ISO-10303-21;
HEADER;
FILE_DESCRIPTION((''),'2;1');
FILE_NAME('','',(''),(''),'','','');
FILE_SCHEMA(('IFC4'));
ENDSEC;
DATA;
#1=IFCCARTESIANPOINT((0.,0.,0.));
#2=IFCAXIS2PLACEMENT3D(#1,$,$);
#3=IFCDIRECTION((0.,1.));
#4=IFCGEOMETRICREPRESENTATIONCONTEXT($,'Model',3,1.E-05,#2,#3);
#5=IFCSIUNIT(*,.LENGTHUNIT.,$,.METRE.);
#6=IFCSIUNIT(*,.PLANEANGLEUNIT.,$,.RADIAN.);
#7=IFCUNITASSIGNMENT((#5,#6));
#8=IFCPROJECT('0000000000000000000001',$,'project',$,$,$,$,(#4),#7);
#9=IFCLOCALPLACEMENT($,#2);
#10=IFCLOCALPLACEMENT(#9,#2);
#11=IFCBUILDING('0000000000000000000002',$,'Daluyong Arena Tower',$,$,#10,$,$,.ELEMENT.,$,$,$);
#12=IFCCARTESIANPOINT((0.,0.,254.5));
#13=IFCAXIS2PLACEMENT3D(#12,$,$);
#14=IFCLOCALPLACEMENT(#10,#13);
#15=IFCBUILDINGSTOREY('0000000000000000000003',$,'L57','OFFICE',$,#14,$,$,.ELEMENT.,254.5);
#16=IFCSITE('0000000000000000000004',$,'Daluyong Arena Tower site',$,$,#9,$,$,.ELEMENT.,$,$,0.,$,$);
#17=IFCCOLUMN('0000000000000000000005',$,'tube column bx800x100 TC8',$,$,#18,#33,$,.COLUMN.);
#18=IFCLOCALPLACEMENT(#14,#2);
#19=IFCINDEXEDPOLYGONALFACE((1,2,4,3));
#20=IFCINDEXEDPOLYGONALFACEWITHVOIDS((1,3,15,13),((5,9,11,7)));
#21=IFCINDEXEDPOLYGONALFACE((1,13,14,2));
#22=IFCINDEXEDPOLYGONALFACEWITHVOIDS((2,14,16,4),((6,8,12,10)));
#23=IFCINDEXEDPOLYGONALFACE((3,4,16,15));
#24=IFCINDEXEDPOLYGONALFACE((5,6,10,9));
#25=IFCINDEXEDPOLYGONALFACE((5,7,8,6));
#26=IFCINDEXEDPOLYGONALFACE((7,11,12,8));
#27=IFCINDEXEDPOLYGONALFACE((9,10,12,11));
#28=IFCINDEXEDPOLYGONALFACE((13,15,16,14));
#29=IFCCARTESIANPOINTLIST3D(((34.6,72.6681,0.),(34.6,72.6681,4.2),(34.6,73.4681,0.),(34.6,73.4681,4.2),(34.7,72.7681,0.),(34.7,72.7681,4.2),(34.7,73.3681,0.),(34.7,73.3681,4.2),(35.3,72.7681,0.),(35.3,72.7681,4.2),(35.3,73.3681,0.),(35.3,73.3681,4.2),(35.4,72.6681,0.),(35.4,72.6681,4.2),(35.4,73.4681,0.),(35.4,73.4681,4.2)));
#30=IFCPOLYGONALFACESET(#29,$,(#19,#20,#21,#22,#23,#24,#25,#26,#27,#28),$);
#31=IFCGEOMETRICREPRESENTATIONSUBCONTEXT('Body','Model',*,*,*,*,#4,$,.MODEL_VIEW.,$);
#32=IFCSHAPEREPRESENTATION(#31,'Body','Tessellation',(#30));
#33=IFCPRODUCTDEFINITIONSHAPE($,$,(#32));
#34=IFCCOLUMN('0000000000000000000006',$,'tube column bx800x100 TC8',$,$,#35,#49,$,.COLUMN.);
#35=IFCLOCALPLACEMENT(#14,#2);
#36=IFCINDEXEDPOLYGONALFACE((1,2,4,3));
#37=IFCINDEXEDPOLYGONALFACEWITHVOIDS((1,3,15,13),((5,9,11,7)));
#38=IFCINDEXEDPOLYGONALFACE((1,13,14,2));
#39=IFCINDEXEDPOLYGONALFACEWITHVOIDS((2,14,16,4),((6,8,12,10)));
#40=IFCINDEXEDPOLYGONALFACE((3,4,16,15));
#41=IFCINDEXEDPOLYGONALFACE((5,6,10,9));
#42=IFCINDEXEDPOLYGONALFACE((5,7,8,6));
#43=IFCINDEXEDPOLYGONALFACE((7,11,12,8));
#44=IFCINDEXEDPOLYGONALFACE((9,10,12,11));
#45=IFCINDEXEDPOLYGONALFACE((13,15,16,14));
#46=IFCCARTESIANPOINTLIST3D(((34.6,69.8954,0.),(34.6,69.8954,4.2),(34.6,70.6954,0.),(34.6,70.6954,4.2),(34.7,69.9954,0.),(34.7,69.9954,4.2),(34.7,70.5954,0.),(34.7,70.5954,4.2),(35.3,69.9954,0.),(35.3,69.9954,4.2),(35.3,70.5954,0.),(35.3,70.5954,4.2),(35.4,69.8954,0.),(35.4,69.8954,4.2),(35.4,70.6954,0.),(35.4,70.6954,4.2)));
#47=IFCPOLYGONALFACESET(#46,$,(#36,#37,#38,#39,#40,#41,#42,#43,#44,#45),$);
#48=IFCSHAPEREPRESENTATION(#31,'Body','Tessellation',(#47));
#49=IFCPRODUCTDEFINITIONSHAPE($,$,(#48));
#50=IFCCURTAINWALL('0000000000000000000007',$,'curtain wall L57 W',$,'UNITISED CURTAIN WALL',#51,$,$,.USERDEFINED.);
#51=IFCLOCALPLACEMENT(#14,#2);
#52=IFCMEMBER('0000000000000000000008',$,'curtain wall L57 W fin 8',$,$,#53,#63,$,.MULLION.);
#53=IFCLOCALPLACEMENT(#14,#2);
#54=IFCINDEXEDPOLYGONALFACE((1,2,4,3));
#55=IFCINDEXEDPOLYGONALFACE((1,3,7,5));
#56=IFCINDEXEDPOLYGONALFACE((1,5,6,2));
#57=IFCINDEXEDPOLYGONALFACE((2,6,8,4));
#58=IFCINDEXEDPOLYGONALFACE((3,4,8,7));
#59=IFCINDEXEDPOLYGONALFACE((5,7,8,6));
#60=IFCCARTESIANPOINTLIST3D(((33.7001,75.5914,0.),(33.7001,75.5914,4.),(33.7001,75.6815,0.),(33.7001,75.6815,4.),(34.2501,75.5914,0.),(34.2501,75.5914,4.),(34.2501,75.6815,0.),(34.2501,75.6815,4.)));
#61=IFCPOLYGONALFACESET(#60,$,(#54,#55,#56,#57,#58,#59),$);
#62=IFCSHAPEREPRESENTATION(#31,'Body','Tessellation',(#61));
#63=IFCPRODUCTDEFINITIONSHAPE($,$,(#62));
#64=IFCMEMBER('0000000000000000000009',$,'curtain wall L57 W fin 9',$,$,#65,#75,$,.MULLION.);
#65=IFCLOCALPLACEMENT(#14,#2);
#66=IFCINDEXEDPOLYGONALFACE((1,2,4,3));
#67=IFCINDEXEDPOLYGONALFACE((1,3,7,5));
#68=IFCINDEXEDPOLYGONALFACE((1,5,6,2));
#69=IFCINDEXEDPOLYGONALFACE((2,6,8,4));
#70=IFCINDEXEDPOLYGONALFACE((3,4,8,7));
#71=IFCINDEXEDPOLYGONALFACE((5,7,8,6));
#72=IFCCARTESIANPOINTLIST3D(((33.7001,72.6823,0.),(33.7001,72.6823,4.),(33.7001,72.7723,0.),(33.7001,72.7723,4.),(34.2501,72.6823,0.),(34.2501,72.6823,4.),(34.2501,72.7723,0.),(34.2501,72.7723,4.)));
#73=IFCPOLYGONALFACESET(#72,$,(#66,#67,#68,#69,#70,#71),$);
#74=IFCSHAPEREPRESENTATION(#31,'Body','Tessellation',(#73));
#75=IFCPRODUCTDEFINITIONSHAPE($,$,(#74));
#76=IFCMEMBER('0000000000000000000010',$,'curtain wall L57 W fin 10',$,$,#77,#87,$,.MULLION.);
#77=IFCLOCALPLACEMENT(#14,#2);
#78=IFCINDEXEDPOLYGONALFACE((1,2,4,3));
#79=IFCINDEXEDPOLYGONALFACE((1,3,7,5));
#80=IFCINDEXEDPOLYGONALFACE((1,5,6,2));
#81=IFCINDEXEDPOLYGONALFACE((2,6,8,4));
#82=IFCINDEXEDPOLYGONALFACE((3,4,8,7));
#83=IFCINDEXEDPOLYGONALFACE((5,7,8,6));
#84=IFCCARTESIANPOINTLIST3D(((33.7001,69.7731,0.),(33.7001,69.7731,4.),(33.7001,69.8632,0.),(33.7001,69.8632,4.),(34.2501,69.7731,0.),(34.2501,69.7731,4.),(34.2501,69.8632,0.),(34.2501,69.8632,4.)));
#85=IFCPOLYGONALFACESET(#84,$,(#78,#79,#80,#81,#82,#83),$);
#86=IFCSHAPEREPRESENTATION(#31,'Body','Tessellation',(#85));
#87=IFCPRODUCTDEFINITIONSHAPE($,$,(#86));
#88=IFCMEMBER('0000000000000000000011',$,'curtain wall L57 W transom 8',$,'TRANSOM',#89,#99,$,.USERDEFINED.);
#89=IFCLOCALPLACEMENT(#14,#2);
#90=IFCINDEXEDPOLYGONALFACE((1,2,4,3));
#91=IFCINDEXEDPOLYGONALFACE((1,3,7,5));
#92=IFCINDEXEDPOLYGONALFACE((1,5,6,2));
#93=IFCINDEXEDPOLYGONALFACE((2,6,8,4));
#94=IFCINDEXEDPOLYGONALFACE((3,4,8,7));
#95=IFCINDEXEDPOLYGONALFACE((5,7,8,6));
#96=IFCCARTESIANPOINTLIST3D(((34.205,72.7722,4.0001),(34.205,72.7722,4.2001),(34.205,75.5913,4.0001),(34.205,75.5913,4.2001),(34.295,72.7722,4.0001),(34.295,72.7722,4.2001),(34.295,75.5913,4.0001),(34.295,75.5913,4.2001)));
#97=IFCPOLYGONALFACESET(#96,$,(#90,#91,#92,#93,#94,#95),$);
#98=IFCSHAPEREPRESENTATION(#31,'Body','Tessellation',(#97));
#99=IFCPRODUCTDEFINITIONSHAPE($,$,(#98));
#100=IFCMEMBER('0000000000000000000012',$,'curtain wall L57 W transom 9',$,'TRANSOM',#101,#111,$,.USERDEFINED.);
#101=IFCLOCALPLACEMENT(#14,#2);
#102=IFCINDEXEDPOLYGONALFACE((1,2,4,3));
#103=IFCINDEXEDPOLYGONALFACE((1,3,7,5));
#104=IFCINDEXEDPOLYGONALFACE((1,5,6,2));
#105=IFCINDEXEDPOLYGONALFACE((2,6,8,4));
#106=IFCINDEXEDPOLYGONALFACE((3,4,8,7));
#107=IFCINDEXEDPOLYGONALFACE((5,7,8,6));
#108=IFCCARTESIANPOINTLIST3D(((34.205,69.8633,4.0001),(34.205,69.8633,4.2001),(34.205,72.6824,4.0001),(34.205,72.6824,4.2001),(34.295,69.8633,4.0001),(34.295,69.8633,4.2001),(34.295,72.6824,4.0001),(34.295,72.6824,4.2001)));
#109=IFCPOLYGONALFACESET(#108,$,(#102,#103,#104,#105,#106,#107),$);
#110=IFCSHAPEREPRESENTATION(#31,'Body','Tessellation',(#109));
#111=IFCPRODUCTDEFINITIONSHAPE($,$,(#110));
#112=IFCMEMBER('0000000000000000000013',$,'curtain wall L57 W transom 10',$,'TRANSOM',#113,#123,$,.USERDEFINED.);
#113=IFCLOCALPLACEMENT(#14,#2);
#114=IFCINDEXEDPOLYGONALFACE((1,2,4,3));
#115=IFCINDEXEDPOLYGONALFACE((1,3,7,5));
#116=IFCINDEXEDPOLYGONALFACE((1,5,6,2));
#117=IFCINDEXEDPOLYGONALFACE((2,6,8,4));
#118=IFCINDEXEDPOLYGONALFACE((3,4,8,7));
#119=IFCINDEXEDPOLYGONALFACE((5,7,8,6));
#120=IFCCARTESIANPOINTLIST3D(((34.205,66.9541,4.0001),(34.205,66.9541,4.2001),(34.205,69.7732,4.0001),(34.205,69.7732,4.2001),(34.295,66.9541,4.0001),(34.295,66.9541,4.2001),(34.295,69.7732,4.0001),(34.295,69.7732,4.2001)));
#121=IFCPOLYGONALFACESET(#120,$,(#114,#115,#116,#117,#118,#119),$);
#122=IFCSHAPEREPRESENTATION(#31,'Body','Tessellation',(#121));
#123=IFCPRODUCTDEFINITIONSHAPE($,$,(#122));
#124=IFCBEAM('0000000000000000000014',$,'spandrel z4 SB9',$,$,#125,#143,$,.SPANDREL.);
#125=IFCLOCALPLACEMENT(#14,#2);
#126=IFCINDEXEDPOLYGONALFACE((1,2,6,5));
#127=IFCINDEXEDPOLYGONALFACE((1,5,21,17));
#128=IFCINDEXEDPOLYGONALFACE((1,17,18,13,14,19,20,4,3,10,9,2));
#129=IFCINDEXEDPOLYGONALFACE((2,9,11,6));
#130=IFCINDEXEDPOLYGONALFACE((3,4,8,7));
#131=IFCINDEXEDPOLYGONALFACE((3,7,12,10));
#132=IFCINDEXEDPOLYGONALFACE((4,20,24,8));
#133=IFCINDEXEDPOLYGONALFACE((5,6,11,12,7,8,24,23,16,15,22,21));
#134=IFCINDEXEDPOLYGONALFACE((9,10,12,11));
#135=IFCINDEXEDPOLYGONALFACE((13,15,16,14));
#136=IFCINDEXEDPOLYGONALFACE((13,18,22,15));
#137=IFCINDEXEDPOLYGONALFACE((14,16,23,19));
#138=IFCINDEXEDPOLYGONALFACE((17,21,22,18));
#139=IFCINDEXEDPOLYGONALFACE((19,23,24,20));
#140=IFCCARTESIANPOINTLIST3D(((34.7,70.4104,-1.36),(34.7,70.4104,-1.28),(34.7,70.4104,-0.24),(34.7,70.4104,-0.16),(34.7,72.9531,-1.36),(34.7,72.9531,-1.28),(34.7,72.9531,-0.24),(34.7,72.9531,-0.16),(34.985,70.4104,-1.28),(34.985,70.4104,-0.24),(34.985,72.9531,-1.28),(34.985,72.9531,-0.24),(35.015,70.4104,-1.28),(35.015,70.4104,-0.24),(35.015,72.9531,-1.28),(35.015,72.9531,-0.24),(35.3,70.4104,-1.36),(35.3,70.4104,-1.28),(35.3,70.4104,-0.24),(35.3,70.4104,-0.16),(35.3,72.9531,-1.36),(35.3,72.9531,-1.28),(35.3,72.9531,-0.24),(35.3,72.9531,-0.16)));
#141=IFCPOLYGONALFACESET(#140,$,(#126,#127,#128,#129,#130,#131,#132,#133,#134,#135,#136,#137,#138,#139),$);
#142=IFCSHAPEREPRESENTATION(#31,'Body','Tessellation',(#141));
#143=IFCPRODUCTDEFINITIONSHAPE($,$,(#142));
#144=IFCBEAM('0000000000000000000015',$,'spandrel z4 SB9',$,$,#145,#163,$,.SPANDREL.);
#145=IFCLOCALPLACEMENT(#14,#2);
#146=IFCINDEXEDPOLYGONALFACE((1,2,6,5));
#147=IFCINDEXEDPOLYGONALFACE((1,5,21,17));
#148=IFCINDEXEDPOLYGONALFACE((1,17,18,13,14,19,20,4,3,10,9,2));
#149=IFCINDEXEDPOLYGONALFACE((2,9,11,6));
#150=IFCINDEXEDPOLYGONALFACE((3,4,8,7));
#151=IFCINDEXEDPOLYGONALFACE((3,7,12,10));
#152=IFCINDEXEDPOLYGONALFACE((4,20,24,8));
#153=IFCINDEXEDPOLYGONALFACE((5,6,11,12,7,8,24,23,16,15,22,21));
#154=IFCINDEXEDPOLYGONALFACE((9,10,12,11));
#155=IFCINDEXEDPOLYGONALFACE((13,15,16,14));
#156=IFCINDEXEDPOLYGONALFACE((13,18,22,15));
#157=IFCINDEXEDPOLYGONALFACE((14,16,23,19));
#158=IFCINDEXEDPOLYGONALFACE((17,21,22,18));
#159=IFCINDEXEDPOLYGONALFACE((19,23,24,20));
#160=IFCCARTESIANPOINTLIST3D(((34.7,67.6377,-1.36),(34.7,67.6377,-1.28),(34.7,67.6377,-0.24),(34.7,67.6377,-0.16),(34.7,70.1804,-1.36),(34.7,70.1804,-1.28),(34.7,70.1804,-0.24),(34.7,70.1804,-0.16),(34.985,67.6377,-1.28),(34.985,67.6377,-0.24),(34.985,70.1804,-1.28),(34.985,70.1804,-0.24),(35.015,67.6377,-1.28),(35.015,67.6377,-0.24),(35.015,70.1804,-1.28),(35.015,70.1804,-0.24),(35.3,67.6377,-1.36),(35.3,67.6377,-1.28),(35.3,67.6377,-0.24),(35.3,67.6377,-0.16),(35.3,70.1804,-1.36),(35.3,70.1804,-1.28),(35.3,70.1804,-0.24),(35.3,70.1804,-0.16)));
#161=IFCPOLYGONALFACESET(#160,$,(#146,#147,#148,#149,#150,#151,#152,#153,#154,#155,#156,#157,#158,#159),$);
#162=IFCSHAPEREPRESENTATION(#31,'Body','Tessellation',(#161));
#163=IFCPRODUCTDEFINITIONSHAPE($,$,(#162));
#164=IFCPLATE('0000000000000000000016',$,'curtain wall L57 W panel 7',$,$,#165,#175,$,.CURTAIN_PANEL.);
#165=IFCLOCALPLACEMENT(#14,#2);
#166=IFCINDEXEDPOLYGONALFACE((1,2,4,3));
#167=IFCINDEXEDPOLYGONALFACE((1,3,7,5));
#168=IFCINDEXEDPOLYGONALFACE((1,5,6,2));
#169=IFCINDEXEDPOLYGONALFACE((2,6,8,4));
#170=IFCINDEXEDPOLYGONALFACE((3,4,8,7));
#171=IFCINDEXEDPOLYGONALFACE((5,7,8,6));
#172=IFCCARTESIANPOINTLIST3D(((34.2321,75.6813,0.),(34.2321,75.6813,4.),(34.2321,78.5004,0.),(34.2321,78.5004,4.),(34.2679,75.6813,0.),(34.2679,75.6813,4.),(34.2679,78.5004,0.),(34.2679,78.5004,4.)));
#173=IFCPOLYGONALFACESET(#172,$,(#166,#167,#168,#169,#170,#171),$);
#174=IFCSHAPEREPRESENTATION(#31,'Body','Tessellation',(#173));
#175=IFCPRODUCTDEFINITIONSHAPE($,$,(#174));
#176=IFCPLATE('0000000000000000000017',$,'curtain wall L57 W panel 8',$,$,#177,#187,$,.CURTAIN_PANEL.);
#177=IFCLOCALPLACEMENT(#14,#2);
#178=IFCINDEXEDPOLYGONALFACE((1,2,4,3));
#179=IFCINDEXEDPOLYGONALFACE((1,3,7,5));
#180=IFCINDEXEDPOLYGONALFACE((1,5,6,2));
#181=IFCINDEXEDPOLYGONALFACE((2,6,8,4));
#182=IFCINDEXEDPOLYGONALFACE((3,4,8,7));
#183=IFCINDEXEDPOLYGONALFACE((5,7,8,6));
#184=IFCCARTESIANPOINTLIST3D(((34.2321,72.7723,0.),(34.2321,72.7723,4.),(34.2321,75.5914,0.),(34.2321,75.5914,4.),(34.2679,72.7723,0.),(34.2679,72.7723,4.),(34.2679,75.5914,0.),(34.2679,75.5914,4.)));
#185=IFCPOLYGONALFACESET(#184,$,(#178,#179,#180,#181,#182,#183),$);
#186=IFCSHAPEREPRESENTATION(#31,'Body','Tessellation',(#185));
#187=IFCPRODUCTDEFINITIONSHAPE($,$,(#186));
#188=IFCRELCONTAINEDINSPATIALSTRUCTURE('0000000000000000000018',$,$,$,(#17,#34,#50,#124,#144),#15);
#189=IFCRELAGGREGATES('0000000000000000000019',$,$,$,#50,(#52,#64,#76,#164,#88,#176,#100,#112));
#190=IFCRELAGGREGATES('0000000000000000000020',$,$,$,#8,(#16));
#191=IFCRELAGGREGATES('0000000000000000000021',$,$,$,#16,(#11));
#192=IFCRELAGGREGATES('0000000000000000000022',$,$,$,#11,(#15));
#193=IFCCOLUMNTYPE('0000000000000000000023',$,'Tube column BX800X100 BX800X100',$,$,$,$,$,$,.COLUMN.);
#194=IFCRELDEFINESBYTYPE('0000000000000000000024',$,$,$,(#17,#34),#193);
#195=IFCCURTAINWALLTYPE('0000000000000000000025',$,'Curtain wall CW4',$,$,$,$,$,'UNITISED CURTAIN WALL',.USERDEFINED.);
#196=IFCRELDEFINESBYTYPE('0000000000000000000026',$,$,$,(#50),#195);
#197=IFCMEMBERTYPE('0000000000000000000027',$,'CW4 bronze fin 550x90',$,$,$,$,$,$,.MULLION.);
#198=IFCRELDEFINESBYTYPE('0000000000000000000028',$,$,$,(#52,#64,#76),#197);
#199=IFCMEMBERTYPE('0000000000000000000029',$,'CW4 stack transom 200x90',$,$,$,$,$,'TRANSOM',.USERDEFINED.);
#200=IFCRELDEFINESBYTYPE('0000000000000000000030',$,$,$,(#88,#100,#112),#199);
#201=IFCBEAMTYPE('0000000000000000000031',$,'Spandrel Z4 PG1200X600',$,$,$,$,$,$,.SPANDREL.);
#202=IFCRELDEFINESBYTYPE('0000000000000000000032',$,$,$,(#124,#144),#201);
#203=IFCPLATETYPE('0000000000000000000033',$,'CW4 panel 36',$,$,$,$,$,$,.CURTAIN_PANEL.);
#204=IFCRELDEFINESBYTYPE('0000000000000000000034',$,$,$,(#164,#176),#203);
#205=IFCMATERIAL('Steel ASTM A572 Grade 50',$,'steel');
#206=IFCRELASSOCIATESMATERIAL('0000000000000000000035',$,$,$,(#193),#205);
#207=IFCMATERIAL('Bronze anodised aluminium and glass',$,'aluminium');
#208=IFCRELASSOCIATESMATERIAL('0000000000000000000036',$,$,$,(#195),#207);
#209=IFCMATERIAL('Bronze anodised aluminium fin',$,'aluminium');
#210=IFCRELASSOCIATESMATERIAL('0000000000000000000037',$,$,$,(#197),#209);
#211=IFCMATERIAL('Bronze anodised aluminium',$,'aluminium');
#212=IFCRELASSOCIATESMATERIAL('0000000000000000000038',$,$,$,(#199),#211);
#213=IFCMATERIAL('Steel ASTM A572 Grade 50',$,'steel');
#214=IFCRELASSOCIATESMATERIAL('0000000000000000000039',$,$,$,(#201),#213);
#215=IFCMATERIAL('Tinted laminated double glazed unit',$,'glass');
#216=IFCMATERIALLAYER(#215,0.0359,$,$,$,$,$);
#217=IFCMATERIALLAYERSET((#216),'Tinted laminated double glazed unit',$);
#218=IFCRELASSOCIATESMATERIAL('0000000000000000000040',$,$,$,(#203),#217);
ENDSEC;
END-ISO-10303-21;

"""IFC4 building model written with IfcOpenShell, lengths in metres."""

from ifc_helpers import new_model, si_unit, direction, frame, origin, origin_2d, place, context, subcontext, project, spatial, rectangle, hollow_rectangle, i_section, extrude, material, layer, layer_set, material_profile, profile_set, type_object, element, aggregate, save


model = new_model("IFC4")

# Units and contexts
model_context = context("Model", 3, precision=1e-05, world=origin(), true_north=direction((0.0, 1.0)))
body_context = subcontext(model_context, "Body", "Model", "MODEL_VIEW")
ifc_project = project(units=[si_unit("LENGTHUNIT", "METRE"), si_unit("PLANEANGLEUNIT", "RADIAN")], contexts=[model_context])

# Site, building, storey
site_placement = place(None, origin())
site = spatial("IfcSite", under=ifc_project, at=site_placement, Name="Daluyong Arena Tower site", CompositionType="ELEMENT", RefElevation=0.0)
building_placement = place(site_placement, origin())
building = spatial("IfcBuilding", under=site, at=building_placement, Name="Daluyong Arena Tower", CompositionType="ELEMENT")
storey_placement = place(building_placement, frame((0.0, 0.0, 254.5)))
storey = spatial("IfcBuildingStorey", under=building, at=storey_placement, Name="L57", Description="OFFICE", CompositionType="ELEMENT", Elevation=254.5)

# Columns
ifc_material_1 = material(Name="Steel ASTM A572 Grade 50", Category="steel")
ifc_material_profile_1 = material_profile(ifc_material_1, hollow_rectangle(XDim=0.8, YDim=0.8, WallThickness=0.1, at=origin_2d()))
ifc_profile_set_1 = profile_set([ifc_material_profile_1], Name="Steel ASTM A572 Grade 50")
column_type = type_object("IfcColumnType", Name="Tube column BX800X100 BX800X100", PredefinedType="COLUMN", material=ifc_profile_set_1)
for number, where, z_axis, x_axis, name in (
    (1, (35.0, 73.0681, 0.0), (0.0, 0.0, 1.0), (0.0, 1.0, 0.0), "tube column bx800x100 TC8"),
    (2, (35.0, 70.2954, 0.0), (0.0, 0.0, 1.0), (0.0, 1.0, 0.0), "tube column bx800x100 TC8"),
):
    element("IfcColumn", number, at=place(storey_placement, frame(where, z_axis=z_axis, x_axis=x_axis)), inside=storey, type_object=column_type, Name=name, PredefinedType="COLUMN", context=body_context, shape_type="SweptSolid", body=[
        extrude(hollow_rectangle(XDim=0.8, YDim=0.8, WallThickness=0.1, at=origin_2d()), origin(), (0.0, 0.0, 1.0), 4.2),
    ])

# Curtain wall, members
ifc_material_2 = material(Name="Bronze anodised aluminium and glass", Category="aluminium")
curtain_wall_type = type_object("IfcCurtainWallType", Name="Curtain wall CW4", ElementType="UNITISED CURTAIN WALL", PredefinedType="USERDEFINED", material=ifc_material_2)
curtain_wall_placement = place(storey_placement, origin())
curtain_wall = element("IfcCurtainWall", 3, at=curtain_wall_placement, inside=storey, type_object=curtain_wall_type, Name="curtain wall L57 W", ObjectType="UNITISED CURTAIN WALL", PredefinedType="USERDEFINED")
ifc_material_3 = material(Name="Bronze anodised aluminium fin", Category="aluminium")
ifc_material_profile_2 = material_profile(ifc_material_3, rectangle(XDim=0.55, YDim=0.0901, at=origin_2d()))
ifc_profile_set_2 = profile_set([ifc_material_profile_2], Name="Bronze anodised aluminium fin")
member_type_1 = type_object("IfcMemberType", Name="CW4 bronze fin 550x90", PredefinedType="MULLION", material=ifc_profile_set_2)
member_1_placement = place(storey_placement, frame((33.9751, 75.6365, 0.0), z_axis=(0.0, 0.0, 1.0), x_axis=(1.0, 0.0, 0.0)))
member_1 = element("IfcMember", 4, at=member_1_placement, type_object=member_type_1, Name="curtain wall L57 W fin 8", PredefinedType="MULLION", context=body_context, shape_type="SweptSolid", body=[
    extrude(rectangle(XDim=0.55, YDim=0.0901, at=origin_2d()), origin(), (0.0, 0.0, 1.0), 4.0),
])
member_2_placement = place(storey_placement, frame((33.9751, 72.7273, 0.0), z_axis=(0.0, 0.0, 1.0), x_axis=(1.0, 0.0, 0.0)))
member_2 = element("IfcMember", 5, at=member_2_placement, type_object=member_type_1, Name="curtain wall L57 W fin 9", PredefinedType="MULLION", context=body_context, shape_type="SweptSolid", body=[
    extrude(rectangle(XDim=0.55, YDim=0.0901, at=origin_2d()), origin(), (0.0, 0.0, 1.0), 4.0),
])
member_3_placement = place(storey_placement, frame((33.9751, 69.8181, 0.0), z_axis=(0.0, 0.0, 1.0), x_axis=(1.0, 0.0, 0.0)))
member_3 = element("IfcMember", 6, at=member_3_placement, type_object=member_type_1, Name="curtain wall L57 W fin 10", PredefinedType="MULLION", context=body_context, shape_type="SweptSolid", body=[
    extrude(rectangle(XDim=0.55, YDim=0.0901, at=origin_2d()), origin(), (0.0, 0.0, 1.0), 4.0),
])
ifc_material_4 = material(Name="Bronze anodised aluminium", Category="aluminium")
ifc_material_profile_3 = material_profile(ifc_material_4, rectangle(XDim=0.0901, YDim=0.2, at=origin_2d()))
ifc_profile_set_3 = profile_set([ifc_material_profile_3], Name="Bronze anodised aluminium")
member_type_2 = type_object("IfcMemberType", Name="CW4 stack transom 200x90", ElementType="TRANSOM", PredefinedType="USERDEFINED", material=ifc_profile_set_3)
member_4_placement = place(storey_placement, frame((34.25, 75.5913, 4.1001), z_axis=(0.0, -1.0, 0.0), x_axis=(1.0, 0.0, 0.0)))
member_4 = element("IfcMember", 7, at=member_4_placement, type_object=member_type_2, Name="curtain wall L57 W transom 8", ObjectType="TRANSOM", PredefinedType="USERDEFINED", context=body_context, shape_type="SweptSolid", body=[
    extrude(rectangle(XDim=0.0901, YDim=0.2, at=origin_2d()), origin(), (0.0, 0.0, 1.0), 2.8191),
])
member_5_placement = place(storey_placement, frame((34.25, 72.6824, 4.1001), z_axis=(0.0, -1.0, 0.0), x_axis=(1.0, 0.0, 0.0)))
member_5 = element("IfcMember", 8, at=member_5_placement, type_object=member_type_2, Name="curtain wall L57 W transom 9", ObjectType="TRANSOM", PredefinedType="USERDEFINED", context=body_context, shape_type="SweptSolid", body=[
    extrude(rectangle(XDim=0.0901, YDim=0.2, at=origin_2d()), origin(), (0.0, 0.0, 1.0), 2.8191),
])
member_6_placement = place(storey_placement, frame((34.25, 69.7732, 4.1001), z_axis=(0.0, -1.0, 0.0), x_axis=(1.0, 0.0, 0.0)))
member_6 = element("IfcMember", 9, at=member_6_placement, type_object=member_type_2, Name="curtain wall L57 W transom 10", ObjectType="TRANSOM", PredefinedType="USERDEFINED", context=body_context, shape_type="SweptSolid", body=[
    extrude(rectangle(XDim=0.0901, YDim=0.2, at=origin_2d()), origin(), (0.0, 0.0, 1.0), 2.8191),
])

# Beams
ifc_material_5 = material(Name="Steel ASTM A572 Grade 50", Category="steel")
ifc_material_profile_4 = material_profile(ifc_material_5, i_section(OverallWidth=0.6001, OverallDepth=1.2, WebThickness=0.03, FlangeThickness=0.08, at=origin_2d()))
ifc_profile_set_4 = profile_set([ifc_material_profile_4], Name="Steel ASTM A572 Grade 50")
beam_type = type_object("IfcBeamType", Name="Spandrel Z4 PG1200X600", PredefinedType="SPANDREL", material=ifc_profile_set_4)
for number, where, z_axis, x_axis, name in (
    (10, (35.0, 72.9531, -0.76), (0.0, -1.0, 0.0), (1.0, 0.0, 0.0), "spandrel z4 SB9"),
    (11, (35.0, 70.1804, -0.76), (0.0, -1.0, 0.0), (1.0, 0.0, 0.0), "spandrel z4 SB9"),
):
    element("IfcBeam", number, at=place(storey_placement, frame(where, z_axis=z_axis, x_axis=x_axis)), inside=storey, type_object=beam_type, Name=name, PredefinedType="SPANDREL", context=body_context, shape_type="SweptSolid", body=[
        extrude(i_section(OverallWidth=0.6001, OverallDepth=1.2, WebThickness=0.03, FlangeThickness=0.08, at=origin_2d()), origin(), (0.0, 0.0, 1.0), 2.5427),
    ])

# Plates
ifc_material_6 = material(Name="Tinted laminated double glazed unit", Category="glass")
ifc_layer = layer(ifc_material_6, 0.0359)
ifc_layer_set = layer_set([ifc_layer], Name="Tinted laminated double glazed unit")
plate_type = type_object("IfcPlateType", Name="CW4 panel 36", PredefinedType="CURTAIN_PANEL", material=ifc_layer_set)
plate_1_placement = place(storey_placement, frame((34.25, 77.0908, 0.0), z_axis=(0.0, 0.0, 1.0), x_axis=(0.0, -1.0, 0.0)))
plate_1 = element("IfcPlate", 12, at=plate_1_placement, type_object=plate_type, Name="curtain wall L57 W panel 7", PredefinedType="CURTAIN_PANEL", context=body_context, shape_type="SweptSolid", body=[
    extrude(rectangle(XDim=2.8191, YDim=0.0359, at=origin_2d()), origin(), (0.0, 0.0, 1.0), 4.0),
])
plate_2_placement = place(storey_placement, frame((34.25, 74.1819, 0.0), z_axis=(0.0, 0.0, 1.0), x_axis=(0.0, -1.0, 0.0)))
plate_2 = element("IfcPlate", 13, at=plate_2_placement, type_object=plate_type, Name="curtain wall L57 W panel 8", PredefinedType="CURTAIN_PANEL", context=body_context, shape_type="SweptSolid", body=[
    extrude(rectangle(XDim=2.8191, YDim=0.0359, at=origin_2d()), origin(), (0.0, 0.0, 1.0), 4.0),
])
aggregate(curtain_wall, [member_1, member_2, member_3, plate_1, member_4, plate_2, member_5, member_6])

save(model, "model.ifc")
